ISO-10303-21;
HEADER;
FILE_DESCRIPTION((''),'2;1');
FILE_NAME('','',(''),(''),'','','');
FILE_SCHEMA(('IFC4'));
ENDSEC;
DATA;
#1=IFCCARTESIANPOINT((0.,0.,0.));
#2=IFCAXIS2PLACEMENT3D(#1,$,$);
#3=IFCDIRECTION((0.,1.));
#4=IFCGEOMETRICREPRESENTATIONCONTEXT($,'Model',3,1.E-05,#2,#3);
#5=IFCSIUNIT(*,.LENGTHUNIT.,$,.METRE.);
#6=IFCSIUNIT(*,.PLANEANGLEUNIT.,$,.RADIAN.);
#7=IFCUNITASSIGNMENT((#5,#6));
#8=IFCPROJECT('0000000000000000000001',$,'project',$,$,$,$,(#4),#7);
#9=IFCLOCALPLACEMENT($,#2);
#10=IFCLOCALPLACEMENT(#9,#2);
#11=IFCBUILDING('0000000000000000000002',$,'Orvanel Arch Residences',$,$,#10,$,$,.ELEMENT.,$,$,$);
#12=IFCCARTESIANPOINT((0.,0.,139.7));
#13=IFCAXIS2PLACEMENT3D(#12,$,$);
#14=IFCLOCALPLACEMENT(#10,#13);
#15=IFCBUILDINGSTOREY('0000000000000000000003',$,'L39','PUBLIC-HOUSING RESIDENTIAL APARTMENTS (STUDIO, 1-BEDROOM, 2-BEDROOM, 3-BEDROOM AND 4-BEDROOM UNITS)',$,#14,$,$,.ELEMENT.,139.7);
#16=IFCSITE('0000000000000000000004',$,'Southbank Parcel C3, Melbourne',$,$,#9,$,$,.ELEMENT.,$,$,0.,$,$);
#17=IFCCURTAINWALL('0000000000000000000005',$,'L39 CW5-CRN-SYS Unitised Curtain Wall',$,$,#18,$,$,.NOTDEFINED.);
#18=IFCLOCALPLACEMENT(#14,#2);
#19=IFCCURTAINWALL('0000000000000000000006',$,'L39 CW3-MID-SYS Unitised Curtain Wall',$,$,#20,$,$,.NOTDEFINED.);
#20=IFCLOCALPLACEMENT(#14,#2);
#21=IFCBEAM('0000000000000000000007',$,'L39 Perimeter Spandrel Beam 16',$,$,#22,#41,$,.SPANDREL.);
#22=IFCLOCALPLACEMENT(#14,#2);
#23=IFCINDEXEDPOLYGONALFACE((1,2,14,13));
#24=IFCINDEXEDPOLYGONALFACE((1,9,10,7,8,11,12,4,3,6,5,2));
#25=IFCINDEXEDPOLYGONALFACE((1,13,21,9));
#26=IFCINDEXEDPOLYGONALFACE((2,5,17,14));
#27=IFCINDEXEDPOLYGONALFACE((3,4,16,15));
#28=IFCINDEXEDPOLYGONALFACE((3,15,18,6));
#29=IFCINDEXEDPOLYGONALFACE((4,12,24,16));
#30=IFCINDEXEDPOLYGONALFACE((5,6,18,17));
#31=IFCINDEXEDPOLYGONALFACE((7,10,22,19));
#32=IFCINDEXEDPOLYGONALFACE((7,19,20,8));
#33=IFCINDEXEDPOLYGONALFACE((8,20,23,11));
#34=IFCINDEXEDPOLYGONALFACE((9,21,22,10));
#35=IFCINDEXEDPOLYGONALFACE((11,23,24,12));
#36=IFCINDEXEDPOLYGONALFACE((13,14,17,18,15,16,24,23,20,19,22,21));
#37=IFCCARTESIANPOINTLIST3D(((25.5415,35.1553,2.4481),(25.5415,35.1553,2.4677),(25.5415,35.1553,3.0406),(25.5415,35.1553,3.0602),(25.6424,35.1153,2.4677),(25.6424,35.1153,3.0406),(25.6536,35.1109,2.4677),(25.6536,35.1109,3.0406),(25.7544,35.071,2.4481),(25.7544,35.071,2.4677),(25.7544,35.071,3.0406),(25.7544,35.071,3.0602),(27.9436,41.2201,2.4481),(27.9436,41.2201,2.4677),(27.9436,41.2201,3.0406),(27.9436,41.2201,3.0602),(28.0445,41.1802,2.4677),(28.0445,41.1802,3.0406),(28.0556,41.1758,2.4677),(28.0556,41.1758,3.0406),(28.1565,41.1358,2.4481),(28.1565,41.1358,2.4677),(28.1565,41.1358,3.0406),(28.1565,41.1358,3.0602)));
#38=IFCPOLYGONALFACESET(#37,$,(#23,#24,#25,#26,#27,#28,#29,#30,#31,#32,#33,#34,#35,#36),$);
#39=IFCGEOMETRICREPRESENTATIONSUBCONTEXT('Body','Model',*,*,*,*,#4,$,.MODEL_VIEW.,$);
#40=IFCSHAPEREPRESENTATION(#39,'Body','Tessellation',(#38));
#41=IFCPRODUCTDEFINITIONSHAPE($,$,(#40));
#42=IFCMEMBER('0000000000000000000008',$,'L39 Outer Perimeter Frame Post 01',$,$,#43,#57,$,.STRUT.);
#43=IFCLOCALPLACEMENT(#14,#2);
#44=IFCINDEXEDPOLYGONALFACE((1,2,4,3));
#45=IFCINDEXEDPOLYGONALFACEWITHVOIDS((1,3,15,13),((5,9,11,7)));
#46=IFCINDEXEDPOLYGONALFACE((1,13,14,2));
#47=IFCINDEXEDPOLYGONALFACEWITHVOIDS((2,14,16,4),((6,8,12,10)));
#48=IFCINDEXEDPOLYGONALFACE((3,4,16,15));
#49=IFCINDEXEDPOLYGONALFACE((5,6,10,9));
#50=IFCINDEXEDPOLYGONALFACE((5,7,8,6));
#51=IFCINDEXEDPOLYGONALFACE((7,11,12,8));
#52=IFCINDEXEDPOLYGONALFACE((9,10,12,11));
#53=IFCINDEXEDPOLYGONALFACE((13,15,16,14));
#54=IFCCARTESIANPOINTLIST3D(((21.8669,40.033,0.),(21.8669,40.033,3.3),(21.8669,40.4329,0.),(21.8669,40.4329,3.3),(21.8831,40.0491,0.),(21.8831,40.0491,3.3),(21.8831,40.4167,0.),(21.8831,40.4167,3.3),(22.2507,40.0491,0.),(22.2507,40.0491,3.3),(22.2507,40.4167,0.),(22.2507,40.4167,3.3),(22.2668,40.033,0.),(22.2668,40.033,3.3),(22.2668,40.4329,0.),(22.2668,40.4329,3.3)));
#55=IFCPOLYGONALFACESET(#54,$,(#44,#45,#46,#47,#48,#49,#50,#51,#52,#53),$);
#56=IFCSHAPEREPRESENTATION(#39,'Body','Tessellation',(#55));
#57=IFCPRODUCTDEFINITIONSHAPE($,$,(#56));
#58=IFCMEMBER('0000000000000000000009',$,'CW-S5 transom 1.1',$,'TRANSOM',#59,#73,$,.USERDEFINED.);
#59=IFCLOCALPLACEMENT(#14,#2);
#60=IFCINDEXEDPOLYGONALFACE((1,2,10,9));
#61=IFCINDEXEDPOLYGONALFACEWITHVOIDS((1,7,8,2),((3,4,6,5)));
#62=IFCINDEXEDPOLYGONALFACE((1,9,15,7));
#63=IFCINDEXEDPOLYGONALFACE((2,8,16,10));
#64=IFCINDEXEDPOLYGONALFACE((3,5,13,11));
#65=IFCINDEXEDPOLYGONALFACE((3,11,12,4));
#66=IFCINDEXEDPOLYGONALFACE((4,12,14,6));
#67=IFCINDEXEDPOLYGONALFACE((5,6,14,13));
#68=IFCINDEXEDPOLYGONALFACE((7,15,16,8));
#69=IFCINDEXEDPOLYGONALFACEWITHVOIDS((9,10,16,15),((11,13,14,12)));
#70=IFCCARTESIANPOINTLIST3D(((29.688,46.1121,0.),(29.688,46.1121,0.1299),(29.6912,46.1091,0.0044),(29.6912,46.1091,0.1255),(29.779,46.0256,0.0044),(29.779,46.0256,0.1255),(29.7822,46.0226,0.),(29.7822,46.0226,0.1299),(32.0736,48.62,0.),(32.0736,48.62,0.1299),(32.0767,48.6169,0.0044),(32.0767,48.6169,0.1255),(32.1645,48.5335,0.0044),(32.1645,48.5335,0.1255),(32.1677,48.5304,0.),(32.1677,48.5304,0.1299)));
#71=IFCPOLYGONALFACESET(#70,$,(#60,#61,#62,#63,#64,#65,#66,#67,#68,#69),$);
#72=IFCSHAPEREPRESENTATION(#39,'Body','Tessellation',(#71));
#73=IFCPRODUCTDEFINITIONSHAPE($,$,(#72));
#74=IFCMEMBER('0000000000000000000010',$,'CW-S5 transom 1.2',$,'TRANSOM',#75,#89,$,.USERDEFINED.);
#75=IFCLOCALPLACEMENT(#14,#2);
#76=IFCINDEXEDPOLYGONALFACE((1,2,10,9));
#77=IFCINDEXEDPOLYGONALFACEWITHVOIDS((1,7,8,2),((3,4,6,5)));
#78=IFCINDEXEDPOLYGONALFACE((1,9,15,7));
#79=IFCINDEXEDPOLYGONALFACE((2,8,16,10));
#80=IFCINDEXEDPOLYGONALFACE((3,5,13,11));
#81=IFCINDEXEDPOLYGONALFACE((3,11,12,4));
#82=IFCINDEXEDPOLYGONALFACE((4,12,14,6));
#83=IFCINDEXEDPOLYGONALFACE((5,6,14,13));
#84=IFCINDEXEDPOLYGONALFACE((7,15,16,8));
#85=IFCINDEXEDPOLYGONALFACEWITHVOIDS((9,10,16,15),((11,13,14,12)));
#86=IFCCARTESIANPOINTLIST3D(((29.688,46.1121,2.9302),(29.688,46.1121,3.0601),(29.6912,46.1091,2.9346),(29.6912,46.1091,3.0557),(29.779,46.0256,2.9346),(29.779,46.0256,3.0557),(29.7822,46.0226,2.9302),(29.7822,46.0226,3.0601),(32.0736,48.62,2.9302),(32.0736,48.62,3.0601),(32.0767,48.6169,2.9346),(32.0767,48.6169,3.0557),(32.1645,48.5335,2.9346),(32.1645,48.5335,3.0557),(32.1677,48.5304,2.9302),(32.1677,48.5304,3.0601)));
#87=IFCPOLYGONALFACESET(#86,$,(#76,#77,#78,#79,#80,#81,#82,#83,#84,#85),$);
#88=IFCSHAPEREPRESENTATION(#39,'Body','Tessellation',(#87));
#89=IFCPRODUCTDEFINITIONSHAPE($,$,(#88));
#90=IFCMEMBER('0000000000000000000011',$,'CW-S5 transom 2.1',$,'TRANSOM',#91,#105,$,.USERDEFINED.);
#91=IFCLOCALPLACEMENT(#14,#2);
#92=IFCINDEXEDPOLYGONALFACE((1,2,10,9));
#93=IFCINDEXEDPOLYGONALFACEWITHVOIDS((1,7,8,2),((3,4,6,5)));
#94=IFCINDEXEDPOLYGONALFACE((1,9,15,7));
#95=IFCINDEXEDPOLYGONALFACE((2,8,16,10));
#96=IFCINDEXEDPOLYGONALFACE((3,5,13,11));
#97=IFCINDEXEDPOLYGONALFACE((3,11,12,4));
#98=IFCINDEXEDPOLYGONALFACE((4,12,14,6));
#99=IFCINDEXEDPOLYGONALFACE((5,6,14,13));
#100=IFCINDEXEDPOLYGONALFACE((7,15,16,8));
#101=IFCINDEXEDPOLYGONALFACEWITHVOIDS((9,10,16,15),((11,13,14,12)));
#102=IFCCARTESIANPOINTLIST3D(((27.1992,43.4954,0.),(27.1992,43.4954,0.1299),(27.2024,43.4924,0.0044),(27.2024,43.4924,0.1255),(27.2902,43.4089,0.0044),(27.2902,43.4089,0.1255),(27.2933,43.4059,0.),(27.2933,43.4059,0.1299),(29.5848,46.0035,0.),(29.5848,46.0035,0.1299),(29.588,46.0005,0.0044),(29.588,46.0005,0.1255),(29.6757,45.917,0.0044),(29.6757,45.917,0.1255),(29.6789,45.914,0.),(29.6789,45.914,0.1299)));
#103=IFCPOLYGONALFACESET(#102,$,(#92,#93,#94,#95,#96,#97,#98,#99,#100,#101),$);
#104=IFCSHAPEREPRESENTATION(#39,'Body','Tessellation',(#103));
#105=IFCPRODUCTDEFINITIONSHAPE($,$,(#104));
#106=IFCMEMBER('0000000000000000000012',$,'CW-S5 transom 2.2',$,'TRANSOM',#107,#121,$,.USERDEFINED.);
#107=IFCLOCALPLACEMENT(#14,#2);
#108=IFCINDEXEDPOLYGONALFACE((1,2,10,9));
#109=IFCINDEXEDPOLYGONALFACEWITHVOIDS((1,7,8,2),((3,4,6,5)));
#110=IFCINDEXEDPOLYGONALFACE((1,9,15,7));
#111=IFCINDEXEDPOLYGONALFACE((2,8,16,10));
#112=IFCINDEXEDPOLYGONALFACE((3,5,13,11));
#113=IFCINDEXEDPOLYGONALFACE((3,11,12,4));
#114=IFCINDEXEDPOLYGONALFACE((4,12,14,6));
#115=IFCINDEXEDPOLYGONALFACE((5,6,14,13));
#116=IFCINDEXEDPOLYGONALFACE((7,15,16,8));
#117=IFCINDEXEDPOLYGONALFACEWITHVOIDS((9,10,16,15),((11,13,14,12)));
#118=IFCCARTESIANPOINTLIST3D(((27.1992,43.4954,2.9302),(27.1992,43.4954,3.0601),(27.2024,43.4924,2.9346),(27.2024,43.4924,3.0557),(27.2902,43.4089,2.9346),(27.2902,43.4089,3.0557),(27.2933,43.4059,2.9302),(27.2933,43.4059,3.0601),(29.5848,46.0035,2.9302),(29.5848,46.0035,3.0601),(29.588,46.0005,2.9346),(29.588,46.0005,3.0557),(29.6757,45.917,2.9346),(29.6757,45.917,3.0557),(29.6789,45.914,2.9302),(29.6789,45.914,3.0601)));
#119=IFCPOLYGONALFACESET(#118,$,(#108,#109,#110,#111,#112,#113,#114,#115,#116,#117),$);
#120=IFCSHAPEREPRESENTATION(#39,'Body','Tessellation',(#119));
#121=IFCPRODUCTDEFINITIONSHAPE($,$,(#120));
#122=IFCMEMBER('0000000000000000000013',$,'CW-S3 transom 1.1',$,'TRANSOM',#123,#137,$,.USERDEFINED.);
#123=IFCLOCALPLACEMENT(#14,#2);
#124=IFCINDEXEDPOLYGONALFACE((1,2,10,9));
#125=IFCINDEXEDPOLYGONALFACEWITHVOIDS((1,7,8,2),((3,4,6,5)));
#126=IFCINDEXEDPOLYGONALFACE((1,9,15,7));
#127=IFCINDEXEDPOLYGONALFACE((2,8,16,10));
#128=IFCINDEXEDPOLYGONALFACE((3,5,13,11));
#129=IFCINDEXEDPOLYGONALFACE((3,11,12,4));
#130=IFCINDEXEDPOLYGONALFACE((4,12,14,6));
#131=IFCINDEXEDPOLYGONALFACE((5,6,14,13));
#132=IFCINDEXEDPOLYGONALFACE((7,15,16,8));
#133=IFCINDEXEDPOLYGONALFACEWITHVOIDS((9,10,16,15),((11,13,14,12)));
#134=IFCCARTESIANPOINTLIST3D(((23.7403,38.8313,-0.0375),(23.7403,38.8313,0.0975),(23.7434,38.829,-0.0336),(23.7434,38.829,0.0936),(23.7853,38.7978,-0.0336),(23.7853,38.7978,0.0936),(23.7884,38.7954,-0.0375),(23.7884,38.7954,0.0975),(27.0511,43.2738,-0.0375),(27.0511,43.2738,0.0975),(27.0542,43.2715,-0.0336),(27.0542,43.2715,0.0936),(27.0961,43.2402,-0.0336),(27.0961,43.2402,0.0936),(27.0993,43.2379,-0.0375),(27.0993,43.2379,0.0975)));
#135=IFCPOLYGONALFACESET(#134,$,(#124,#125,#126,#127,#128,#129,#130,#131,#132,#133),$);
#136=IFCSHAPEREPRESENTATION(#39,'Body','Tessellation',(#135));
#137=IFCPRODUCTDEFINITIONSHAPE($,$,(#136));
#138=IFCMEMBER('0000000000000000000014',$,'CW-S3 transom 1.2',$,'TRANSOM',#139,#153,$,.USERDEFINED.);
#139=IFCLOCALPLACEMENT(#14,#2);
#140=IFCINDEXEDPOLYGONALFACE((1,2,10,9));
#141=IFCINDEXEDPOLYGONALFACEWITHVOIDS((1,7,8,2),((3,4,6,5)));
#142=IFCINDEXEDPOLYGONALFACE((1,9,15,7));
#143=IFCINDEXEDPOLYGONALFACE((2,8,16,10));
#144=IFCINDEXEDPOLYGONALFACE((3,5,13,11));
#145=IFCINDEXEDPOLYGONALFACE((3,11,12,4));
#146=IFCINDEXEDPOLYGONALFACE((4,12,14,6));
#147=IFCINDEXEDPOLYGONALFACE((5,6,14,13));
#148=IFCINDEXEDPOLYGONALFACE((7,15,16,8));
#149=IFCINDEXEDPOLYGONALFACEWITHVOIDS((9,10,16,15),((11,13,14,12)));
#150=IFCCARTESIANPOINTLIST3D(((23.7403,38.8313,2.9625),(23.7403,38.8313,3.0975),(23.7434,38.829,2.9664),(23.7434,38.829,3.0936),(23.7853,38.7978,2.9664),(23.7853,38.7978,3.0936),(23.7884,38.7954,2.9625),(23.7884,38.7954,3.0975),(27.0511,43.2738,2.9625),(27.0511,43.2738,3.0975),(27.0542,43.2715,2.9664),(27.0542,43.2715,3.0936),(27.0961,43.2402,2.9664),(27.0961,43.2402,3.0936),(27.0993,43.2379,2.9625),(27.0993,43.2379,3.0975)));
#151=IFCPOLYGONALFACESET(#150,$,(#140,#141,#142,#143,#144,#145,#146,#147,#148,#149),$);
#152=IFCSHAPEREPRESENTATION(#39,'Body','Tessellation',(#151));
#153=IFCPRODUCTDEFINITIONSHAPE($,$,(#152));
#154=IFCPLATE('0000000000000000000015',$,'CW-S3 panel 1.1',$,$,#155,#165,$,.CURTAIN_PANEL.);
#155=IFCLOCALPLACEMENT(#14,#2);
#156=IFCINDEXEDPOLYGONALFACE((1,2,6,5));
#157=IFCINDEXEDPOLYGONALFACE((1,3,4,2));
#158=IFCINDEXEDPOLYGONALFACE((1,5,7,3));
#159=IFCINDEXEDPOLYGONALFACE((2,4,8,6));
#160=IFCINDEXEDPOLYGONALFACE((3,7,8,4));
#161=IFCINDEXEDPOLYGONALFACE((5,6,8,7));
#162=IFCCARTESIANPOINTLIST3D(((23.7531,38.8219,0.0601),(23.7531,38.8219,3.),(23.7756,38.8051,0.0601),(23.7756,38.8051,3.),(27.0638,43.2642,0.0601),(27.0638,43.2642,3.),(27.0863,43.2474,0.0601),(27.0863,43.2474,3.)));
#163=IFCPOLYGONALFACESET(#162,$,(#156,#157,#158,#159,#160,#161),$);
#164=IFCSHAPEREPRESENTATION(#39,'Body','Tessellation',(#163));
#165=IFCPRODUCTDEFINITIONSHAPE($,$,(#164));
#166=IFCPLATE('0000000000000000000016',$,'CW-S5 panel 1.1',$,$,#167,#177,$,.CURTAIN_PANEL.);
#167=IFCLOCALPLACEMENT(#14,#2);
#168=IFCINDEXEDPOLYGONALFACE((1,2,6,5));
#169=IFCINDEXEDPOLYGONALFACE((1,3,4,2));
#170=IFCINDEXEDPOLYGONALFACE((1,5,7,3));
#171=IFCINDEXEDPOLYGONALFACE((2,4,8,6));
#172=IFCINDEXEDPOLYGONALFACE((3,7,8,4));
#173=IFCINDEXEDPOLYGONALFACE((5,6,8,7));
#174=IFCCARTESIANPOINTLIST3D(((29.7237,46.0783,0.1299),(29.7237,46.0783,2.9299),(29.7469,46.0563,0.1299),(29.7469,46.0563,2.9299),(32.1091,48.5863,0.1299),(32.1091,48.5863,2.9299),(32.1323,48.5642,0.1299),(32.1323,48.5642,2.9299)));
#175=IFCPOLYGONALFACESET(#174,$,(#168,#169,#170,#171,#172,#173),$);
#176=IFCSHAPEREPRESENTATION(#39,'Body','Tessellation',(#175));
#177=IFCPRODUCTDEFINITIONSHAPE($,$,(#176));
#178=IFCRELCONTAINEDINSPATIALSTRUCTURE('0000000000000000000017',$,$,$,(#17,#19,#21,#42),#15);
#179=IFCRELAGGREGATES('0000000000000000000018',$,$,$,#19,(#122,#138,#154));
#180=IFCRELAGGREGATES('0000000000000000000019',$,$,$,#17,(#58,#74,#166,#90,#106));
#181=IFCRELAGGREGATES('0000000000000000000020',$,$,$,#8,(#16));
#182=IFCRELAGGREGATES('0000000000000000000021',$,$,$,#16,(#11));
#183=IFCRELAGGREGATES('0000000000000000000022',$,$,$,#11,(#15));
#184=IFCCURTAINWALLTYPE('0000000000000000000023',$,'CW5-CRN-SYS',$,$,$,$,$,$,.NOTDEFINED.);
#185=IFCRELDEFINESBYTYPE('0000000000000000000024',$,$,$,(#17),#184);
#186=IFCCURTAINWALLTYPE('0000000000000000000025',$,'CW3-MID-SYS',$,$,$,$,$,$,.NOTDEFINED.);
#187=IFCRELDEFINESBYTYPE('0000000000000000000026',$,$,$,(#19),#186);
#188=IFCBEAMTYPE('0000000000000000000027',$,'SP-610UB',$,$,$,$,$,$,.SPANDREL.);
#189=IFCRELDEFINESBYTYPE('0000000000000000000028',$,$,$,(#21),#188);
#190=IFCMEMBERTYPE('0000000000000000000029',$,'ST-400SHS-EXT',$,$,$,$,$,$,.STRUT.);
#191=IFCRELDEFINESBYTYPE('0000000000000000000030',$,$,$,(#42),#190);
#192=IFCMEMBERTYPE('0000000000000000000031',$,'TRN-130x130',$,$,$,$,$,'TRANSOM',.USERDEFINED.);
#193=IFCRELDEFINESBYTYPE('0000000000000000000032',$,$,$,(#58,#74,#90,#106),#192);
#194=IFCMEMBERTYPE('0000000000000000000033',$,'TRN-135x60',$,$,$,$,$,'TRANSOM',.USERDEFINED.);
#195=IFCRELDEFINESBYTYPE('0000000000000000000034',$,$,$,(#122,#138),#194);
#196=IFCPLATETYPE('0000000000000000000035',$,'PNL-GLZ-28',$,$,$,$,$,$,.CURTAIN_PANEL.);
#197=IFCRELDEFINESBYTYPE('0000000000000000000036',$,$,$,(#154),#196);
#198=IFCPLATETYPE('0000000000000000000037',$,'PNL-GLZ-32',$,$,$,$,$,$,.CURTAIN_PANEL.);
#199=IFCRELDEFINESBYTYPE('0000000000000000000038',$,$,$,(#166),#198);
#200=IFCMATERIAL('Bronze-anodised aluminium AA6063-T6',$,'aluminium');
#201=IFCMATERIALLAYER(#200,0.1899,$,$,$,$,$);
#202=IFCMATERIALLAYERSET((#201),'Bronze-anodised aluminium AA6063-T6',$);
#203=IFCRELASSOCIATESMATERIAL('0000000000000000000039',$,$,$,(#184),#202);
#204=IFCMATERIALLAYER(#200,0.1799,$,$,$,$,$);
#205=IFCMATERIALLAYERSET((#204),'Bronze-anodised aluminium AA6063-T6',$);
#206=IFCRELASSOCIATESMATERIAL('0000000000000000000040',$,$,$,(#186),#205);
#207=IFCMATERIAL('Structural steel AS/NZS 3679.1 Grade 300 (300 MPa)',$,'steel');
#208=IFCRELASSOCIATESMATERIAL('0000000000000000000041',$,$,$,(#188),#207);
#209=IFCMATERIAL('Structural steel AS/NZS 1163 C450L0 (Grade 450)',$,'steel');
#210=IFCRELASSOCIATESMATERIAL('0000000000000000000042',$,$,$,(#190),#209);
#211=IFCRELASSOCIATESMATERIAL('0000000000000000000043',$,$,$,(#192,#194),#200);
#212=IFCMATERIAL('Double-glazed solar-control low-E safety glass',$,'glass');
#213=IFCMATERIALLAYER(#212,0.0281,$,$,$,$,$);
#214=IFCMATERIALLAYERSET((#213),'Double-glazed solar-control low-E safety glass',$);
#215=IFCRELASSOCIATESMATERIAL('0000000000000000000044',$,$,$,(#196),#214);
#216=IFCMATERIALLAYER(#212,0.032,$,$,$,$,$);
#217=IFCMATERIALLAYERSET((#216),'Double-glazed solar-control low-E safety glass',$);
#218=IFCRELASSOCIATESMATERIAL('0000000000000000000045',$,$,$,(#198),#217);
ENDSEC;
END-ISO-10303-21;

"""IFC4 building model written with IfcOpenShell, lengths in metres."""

from ifc_helpers import new_model, si_unit, direction, frame, origin, origin_2d, place, context, subcontext, project, spatial, rectangle, hollow_rectangle, i_section, extrude, material, layer, layer_set, material_profile, profile_set, type_object, element, aggregate, save


model = new_model("IFC4")

# Units and contexts
model_context = context("Model", 3, precision=1e-05, world=origin(), true_north=direction((0.0, 1.0)))
body_context = subcontext(model_context, "Body", "Model", "MODEL_VIEW")
ifc_project = project(units=[si_unit("LENGTHUNIT", "METRE"), si_unit("PLANEANGLEUNIT", "RADIAN")], contexts=[model_context])

# Site, building, storey
site_placement = place(None, origin())
site = spatial("IfcSite", under=ifc_project, at=site_placement, Name="Southbank Parcel C3, Melbourne", CompositionType="ELEMENT", RefElevation=0.0)
building_placement = place(site_placement, origin())
building = spatial("IfcBuilding", under=site, at=building_placement, Name="Orvanel Arch Residences", CompositionType="ELEMENT")
storey_placement = place(building_placement, frame((0.0, 0.0, 139.7)))
storey = spatial("IfcBuildingStorey", under=building, at=storey_placement, Name="L39", Description="PUBLIC-HOUSING RESIDENTIAL APARTMENTS (STUDIO, 1-BEDROOM, 2-BEDROOM, 3-BEDROOM AND 4-BEDROOM UNITS)", CompositionType="ELEMENT", Elevation=139.7)

# Shared definitions
ifc_material_1 = material(Name="Structural steel AS/NZS 3679.1 Grade 300 (300 MPa)", Category="steel")

# Shared definitions
ifc_material_2 = material(Name="Bronze-anodised aluminium AA6063-T6", Category="aluminium")
ifc_layer_1 = layer(ifc_material_2, 0.1899)
ifc_layer_set_1 = layer_set([ifc_layer_1], Name="Bronze-anodised aluminium AA6063-T6")
curtain_wall_type_1 = type_object("IfcCurtainWallType", Name="CW5-CRN-SYS", PredefinedType="NOTDEFINED", material=ifc_layer_set_1)

# Curtain wall
curtain_wall_1_placement = place(storey_placement, origin())
curtain_wall_1 = element("IfcCurtainWall", 1, at=curtain_wall_1_placement, inside=storey, type_object=curtain_wall_type_1, Name="L39 CW5-CRN-SYS Unitised Curtain Wall", PredefinedType="NOTDEFINED")

# Curtain wall
ifc_layer_2 = layer(ifc_material_2, 0.1799)
ifc_layer_set_2 = layer_set([ifc_layer_2], Name="Bronze-anodised aluminium AA6063-T6")
curtain_wall_type_2 = type_object("IfcCurtainWallType", Name="CW3-MID-SYS", PredefinedType="NOTDEFINED", material=ifc_layer_set_2)
curtain_wall_2_placement = place(storey_placement, origin())
curtain_wall_2 = element("IfcCurtainWall", 2, at=curtain_wall_2_placement, inside=storey, type_object=curtain_wall_type_2, Name="L39 CW3-MID-SYS Unitised Curtain Wall", PredefinedType="NOTDEFINED")

# Beam
ifc_material_profile_1 = material_profile(ifc_material_1, i_section(OverallWidth=0.229, OverallDepth=0.6121, WebThickness=0.012, FlangeThickness=0.0195, at=origin_2d()), Name="610UB125")
ifc_profile_set_1 = profile_set([ifc_material_profile_1], Name="Structural steel AS/NZS 3679.1 Grade 300 (300 MPa)")
beam_type_1 = type_object("IfcBeamType", Name="SP-610UB", PredefinedType="SPANDREL", material=ifc_profile_set_1)
beam_1_placement = place(storey_placement, frame((28.05, 41.178, 2.7542), z_axis=(-0.368233, -0.929733, 0.0), x_axis=(0.929733, -0.368233, 0.0)))
element("IfcBeam", 3, at=beam_1_placement, inside=storey, type_object=beam_type_1, Name="L39 Perimeter Spandrel Beam 16", PredefinedType="SPANDREL", context=body_context, shape_type="SweptSolid", body=[
    extrude(i_section(OverallWidth=0.229, OverallDepth=0.6121, WebThickness=0.012, FlangeThickness=0.0195, at=origin_2d()), origin(), (0.0, 0.0, 1.0), 6.5232),
])

# Members
ifc_material_3 = material(Name="Structural steel AS/NZS 1163 C450L0 (Grade 450)", Category="steel")
ifc_material_profile_2 = material_profile(ifc_material_3, hollow_rectangle(XDim=0.3999, YDim=0.3999, WallThickness=0.0161, at=origin_2d()), Name="SHS400x400x16")
ifc_profile_set_2 = profile_set([ifc_material_profile_2], Name="Structural steel AS/NZS 1163 C450L0 (Grade 450)")
member_type_1 = type_object("IfcMemberType", Name="ST-400SHS-EXT", PredefinedType="STRUT", material=ifc_profile_set_2)
member_1_placement = place(storey_placement, frame((22.0669, 40.2329, 0.0), z_axis=(0.0, 0.0, 1.0), x_axis=(1.0, 0.0, 0.0)))
element("IfcMember", 4, at=member_1_placement, inside=storey, type_object=member_type_1, Name="L39 Outer Perimeter Frame Post 01", PredefinedType="STRUT", context=body_context, shape_type="SweptSolid", body=[
    extrude(hollow_rectangle(XDim=0.3999, YDim=0.3999, WallThickness=0.0161, at=origin_2d()), origin(), (0.0, 0.0, 1.0), 3.3),
])
ifc_material_profile_3 = material_profile(ifc_material_2, hollow_rectangle(XDim=0.1299, YDim=0.1299, WallThickness=0.0044, at=origin_2d()), Name="ALU130x130x4.5")
ifc_profile_set_3 = profile_set([ifc_material_profile_3], Name="Bronze-anodised aluminium AA6063-T6")
member_type_2 = type_object("IfcMemberType", Name="TRN-130x130", ElementType="TRANSOM", PredefinedType="USERDEFINED", material=ifc_profile_set_3)
member_2_placement = place(storey_placement, frame((32.1206, 48.5752, 0.0649), z_axis=(-0.689216, -0.724555, 0.0), x_axis=(0.724555, -0.689216, 0.0)))
member_2 = element("IfcMember", 5, at=member_2_placement, type_object=member_type_2, Name="CW-S5 transom 1.1", ObjectType="TRANSOM", PredefinedType="USERDEFINED", context=body_context, shape_type="SweptSolid", body=[
    extrude(hollow_rectangle(XDim=0.1299, YDim=0.1299, WallThickness=0.0044, at=origin_2d()), origin(), (0.0, 0.0, 1.0), 3.4612),
])
member_3_placement = place(storey_placement, frame((32.1206, 48.5752, 2.9951), z_axis=(-0.689216, -0.724555, 0.0), x_axis=(0.724555, -0.689216, 0.0)))
member_3 = element("IfcMember", 6, at=member_3_placement, type_object=member_type_2, Name="CW-S5 transom 1.2", ObjectType="TRANSOM", PredefinedType="USERDEFINED", context=body_context, shape_type="SweptSolid", body=[
    extrude(hollow_rectangle(XDim=0.1299, YDim=0.1299, WallThickness=0.0044, at=origin_2d()), origin(), (0.0, 0.0, 1.0), 3.4612),
])
member_4_placement = place(storey_placement, frame((29.6318, 45.9587, 0.0649), z_axis=(-0.689181, -0.724589, 0.0), x_axis=(0.724589, -0.689181, 0.0)))
member_4 = element("IfcMember", 7, at=member_4_placement, type_object=member_type_2, Name="CW-S5 transom 2.1", ObjectType="TRANSOM", PredefinedType="USERDEFINED", context=body_context, shape_type="SweptSolid", body=[
    extrude(hollow_rectangle(XDim=0.1299, YDim=0.1299, WallThickness=0.0044, at=origin_2d()), origin(), (0.0, 0.0, 1.0), 3.4614),
])
member_5_placement = place(storey_placement, frame((29.6318, 45.9587, 2.9951), z_axis=(-0.689181, -0.724589, 0.0), x_axis=(0.724589, -0.689181, 0.0)))
member_5 = element("IfcMember", 8, at=member_5_placement, type_object=member_type_2, Name="CW-S5 transom 2.2", ObjectType="TRANSOM", PredefinedType="USERDEFINED", context=body_context, shape_type="SweptSolid", body=[
    extrude(hollow_rectangle(XDim=0.1299, YDim=0.1299, WallThickness=0.0044, at=origin_2d()), origin(), (0.0, 0.0, 1.0), 3.4614),
])
ifc_material_profile_4 = material_profile(ifc_material_2, hollow_rectangle(XDim=0.0601, YDim=0.135, WallThickness=0.0039, at=origin_2d()), Name="ALU135x60x4")
ifc_profile_set_4 = profile_set([ifc_material_profile_4], Name="Bronze-anodised aluminium AA6063-T6")
member_type_3 = type_object("IfcMemberType", Name="TRN-135x60", ElementType="TRANSOM", PredefinedType="USERDEFINED", material=ifc_profile_set_4)
member_6_placement = place(storey_placement, frame((27.0752, 43.2559, 0.03), z_axis=(-0.597572, -0.801815, 0.0), x_axis=(0.801815, -0.597572, 0.0)))
member_6 = element("IfcMember", 9, at=member_6_placement, type_object=member_type_3, Name="CW-S3 transom 1.1", ObjectType="TRANSOM", PredefinedType="USERDEFINED", context=body_context, shape_type="SweptSolid", body=[
    extrude(hollow_rectangle(XDim=0.0601, YDim=0.135, WallThickness=0.0039, at=origin_2d()), origin(), (0.0, 0.0, 1.0), 5.5405),
])
member_7_placement = place(storey_placement, frame((27.0752, 43.2559, 3.03), z_axis=(-0.597572, -0.801815, 0.0), x_axis=(0.801815, -0.597572, 0.0)))
member_7 = element("IfcMember", 10, at=member_7_placement, type_object=member_type_3, Name="CW-S3 transom 1.2", ObjectType="TRANSOM", PredefinedType="USERDEFINED", context=body_context, shape_type="SweptSolid", body=[
    extrude(hollow_rectangle(XDim=0.0601, YDim=0.135, WallThickness=0.0039, at=origin_2d()), origin(), (0.0, 0.0, 1.0), 5.5405),
])

# Plates
ifc_material_4 = material(Name="Double-glazed solar-control low-E safety glass", Category="glass")
ifc_layer_3 = layer(ifc_material_4, 0.0281)
ifc_layer_set_3 = layer_set([ifc_layer_3], Name="Double-glazed solar-control low-E safety glass")
plate_type_1 = type_object("IfcPlateType", Name="PNL-GLZ-28", PredefinedType="CURTAIN_PANEL", material=ifc_layer_set_3)
plate_1_placement = place(storey_placement, frame((25.4197, 41.0347, 0.0601), z_axis=(0.0, 0.0, 1.0), x_axis=(-0.597574, -0.801814, 0.0)))
plate_1 = element("IfcPlate", 11, at=plate_1_placement, type_object=plate_type_1, Name="CW-S3 panel 1.1", PredefinedType="CURTAIN_PANEL", context=body_context, shape_type="SweptSolid", body=[
    extrude(rectangle(XDim=5.5403, YDim=0.0281, at=origin_2d()), origin(), (0.0, 0.0, 1.0), 2.9399),
])
aggregate(curtain_wall_2, [member_6, member_7, plate_1])
ifc_layer_4 = layer(ifc_material_4, 0.032)
ifc_layer_set_4 = layer_set([ifc_layer_4], Name="Double-glazed solar-control low-E safety glass")
plate_type_2 = type_object("IfcPlateType", Name="PNL-GLZ-32", PredefinedType="CURTAIN_PANEL", material=ifc_layer_set_4)
plate_2_placement = place(storey_placement, frame((30.928, 47.3213, 0.1299), z_axis=(0.0, 0.0, 1.0), x_axis=(-0.689184, -0.724586, 0.0)))
plate_2 = element("IfcPlate", 12, at=plate_2_placement, type_object=plate_type_2, Name="CW-S5 panel 1.1", PredefinedType="CURTAIN_PANEL", context=body_context, shape_type="SweptSolid", body=[
    extrude(rectangle(XDim=3.4612, YDim=0.032, at=origin_2d()), origin(), (0.0, 0.0, 1.0), 2.8),
])
aggregate(curtain_wall_1, [member_2, member_3, plate_2, member_4, member_5])

save(model, "model.ifc")
